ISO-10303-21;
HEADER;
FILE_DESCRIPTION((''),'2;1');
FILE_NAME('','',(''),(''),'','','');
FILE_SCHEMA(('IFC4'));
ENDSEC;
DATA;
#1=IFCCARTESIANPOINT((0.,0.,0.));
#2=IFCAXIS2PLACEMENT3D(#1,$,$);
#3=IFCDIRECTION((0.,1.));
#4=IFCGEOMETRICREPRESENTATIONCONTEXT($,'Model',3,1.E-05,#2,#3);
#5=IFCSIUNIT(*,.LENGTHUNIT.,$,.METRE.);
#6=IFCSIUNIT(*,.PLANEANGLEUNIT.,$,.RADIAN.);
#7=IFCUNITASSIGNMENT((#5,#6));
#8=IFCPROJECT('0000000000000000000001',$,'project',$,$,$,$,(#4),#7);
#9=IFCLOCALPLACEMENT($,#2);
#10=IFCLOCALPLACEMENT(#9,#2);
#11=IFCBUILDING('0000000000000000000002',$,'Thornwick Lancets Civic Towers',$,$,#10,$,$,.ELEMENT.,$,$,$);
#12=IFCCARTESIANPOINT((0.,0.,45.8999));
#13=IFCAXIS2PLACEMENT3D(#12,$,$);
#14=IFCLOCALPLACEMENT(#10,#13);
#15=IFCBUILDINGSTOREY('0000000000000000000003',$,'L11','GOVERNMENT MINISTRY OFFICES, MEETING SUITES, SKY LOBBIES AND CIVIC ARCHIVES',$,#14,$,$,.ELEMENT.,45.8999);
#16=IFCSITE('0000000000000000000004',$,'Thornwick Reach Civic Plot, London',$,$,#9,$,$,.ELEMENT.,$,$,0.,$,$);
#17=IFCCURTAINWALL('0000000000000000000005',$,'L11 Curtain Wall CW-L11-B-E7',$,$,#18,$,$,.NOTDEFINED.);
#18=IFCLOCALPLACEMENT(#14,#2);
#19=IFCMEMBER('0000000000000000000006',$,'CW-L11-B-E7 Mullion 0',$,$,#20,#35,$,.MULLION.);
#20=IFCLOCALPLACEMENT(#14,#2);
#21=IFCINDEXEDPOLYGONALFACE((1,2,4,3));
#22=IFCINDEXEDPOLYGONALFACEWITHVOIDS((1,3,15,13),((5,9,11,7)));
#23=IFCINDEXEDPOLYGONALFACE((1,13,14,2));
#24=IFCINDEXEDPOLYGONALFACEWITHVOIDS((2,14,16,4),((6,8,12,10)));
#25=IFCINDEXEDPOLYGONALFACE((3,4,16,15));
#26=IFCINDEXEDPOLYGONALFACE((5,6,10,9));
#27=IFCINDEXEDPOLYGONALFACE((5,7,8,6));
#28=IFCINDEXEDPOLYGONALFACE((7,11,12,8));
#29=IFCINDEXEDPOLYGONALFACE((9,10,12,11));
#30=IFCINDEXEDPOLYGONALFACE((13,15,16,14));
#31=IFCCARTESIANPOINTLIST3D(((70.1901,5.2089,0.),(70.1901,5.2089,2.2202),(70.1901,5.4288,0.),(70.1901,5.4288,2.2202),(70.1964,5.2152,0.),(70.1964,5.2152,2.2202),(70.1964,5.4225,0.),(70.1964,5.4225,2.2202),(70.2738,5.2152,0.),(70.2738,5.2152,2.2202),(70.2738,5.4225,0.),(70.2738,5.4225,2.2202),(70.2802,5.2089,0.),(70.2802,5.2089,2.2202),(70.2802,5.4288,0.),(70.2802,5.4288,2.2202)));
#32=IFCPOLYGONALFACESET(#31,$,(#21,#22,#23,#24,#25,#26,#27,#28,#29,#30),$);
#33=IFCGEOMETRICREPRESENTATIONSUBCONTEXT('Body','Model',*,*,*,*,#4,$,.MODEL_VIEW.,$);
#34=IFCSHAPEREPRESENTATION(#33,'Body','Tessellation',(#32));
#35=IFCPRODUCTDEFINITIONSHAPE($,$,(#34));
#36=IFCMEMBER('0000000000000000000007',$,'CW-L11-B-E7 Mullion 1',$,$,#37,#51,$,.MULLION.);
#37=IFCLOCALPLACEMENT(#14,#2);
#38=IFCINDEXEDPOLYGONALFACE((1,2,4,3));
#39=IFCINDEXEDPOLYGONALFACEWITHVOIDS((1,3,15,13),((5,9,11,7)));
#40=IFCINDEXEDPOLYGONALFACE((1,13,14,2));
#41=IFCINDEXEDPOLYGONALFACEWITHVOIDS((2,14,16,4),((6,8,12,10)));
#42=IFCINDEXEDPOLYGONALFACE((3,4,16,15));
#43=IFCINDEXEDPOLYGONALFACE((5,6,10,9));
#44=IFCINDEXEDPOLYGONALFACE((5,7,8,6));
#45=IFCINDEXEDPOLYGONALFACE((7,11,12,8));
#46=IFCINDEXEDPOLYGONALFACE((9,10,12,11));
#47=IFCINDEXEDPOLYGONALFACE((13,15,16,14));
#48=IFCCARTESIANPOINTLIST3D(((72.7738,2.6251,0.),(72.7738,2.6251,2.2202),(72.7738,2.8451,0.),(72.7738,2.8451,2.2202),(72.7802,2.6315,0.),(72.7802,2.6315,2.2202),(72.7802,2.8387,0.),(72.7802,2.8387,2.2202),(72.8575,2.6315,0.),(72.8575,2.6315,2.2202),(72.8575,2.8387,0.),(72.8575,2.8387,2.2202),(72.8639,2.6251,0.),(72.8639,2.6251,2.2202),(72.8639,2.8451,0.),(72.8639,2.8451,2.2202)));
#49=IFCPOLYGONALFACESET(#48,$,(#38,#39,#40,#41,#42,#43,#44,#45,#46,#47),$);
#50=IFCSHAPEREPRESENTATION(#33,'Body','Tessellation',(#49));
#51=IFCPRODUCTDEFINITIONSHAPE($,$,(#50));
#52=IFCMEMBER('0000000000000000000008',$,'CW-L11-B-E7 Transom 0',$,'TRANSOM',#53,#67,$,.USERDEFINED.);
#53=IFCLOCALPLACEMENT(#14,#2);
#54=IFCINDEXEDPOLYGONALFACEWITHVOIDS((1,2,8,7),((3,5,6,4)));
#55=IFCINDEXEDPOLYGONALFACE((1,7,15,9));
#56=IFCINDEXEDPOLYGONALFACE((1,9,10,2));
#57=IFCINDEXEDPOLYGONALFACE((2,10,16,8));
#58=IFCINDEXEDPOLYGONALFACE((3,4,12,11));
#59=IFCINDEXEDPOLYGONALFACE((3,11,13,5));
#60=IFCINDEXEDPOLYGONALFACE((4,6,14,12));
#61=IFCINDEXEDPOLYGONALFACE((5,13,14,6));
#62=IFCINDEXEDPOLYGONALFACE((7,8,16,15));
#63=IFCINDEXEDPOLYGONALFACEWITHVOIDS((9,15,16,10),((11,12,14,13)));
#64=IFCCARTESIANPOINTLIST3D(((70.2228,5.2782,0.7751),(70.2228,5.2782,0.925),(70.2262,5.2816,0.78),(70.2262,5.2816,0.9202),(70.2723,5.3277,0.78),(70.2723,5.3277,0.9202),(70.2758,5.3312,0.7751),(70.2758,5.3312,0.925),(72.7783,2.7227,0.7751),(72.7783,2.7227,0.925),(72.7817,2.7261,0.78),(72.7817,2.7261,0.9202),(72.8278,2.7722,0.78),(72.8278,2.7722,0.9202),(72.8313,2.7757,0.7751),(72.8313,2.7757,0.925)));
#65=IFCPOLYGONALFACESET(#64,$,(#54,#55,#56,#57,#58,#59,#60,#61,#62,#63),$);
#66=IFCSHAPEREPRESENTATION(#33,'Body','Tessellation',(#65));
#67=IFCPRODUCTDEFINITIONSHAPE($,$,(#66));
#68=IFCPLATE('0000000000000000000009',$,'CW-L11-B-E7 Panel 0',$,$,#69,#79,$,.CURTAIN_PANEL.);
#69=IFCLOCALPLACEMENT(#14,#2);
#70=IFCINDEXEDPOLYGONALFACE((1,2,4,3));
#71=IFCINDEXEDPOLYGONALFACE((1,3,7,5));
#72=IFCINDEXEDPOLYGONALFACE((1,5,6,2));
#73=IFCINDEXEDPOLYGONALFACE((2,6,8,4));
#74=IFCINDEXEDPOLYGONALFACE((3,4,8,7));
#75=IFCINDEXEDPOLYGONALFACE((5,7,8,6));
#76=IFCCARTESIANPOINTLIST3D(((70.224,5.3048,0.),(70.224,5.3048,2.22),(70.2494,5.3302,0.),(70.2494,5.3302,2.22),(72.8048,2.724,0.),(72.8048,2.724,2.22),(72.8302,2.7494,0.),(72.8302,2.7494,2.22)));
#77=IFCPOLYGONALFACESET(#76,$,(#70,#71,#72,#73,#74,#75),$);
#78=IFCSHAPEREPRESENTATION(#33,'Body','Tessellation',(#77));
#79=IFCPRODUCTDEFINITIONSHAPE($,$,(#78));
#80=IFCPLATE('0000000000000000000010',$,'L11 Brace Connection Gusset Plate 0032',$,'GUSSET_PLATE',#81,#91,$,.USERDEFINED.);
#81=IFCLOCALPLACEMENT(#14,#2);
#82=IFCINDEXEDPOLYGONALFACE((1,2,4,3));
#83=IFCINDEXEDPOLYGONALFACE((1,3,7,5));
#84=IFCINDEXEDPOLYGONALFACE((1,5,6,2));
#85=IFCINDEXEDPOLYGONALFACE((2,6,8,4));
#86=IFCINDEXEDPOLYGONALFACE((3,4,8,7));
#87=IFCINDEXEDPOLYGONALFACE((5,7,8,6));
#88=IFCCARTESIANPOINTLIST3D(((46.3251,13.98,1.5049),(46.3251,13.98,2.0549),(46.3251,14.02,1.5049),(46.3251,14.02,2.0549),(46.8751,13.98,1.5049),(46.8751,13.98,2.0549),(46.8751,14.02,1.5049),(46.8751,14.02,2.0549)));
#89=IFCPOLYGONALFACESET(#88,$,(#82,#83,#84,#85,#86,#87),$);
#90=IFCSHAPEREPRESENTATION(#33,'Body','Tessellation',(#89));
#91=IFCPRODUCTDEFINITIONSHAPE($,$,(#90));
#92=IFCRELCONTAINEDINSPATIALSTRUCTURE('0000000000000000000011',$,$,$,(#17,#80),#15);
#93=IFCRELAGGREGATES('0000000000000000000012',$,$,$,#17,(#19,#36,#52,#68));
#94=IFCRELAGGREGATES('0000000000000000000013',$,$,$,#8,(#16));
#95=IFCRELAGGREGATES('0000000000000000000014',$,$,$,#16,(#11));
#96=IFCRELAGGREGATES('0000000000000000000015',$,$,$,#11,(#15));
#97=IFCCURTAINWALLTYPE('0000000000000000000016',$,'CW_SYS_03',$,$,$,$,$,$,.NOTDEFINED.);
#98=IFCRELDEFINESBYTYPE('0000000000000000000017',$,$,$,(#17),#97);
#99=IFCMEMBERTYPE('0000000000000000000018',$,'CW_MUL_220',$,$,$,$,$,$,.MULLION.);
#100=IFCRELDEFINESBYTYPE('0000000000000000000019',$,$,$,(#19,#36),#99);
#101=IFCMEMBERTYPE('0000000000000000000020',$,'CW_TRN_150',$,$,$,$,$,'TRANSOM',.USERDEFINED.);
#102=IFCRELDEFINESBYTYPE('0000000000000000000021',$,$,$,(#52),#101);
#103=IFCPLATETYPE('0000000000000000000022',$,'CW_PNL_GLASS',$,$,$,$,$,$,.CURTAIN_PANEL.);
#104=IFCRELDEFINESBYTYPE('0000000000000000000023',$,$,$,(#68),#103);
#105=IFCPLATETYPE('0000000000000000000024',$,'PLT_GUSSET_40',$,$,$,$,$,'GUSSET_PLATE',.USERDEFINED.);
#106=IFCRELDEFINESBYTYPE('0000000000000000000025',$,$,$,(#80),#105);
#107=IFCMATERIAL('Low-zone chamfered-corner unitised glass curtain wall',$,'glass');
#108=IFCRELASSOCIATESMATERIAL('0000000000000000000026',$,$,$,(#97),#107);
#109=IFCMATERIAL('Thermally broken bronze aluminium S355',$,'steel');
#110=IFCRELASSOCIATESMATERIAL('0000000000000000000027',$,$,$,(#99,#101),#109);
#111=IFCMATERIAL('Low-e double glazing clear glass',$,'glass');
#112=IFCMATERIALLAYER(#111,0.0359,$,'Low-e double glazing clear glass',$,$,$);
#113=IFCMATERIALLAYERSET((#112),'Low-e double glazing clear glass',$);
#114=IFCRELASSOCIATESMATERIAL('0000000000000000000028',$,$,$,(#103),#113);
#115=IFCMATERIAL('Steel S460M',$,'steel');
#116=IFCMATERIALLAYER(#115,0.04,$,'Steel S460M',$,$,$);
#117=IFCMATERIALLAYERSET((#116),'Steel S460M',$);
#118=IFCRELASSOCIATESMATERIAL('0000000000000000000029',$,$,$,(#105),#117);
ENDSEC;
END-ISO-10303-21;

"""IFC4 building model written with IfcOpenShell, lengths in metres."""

from ifc_helpers import new_model, si_unit, direction, frame, origin, origin_2d, place, context, subcontext, project, spatial, rectangle, hollow_rectangle, extrude, material, layer, layer_set, material_profile, profile_set, type_object, element, aggregate, save


model = new_model("IFC4")

# Units and contexts
model_context = context("Model", 3, precision=1e-05, world=origin(), true_north=direction((0.0, 1.0)))
body_context = subcontext(model_context, "Body", "Model", "MODEL_VIEW")
ifc_project = project(units=[si_unit("LENGTHUNIT", "METRE"), si_unit("PLANEANGLEUNIT", "RADIAN")], contexts=[model_context])

# Site, building, storey
site_placement = place(None, origin())
site = spatial("IfcSite", under=ifc_project, at=site_placement, Name="Thornwick Reach Civic Plot, London", CompositionType="ELEMENT", RefElevation=0.0)
building_placement = place(site_placement, origin())
building = spatial("IfcBuilding", under=site, at=building_placement, Name="Thornwick Lancets Civic Towers", CompositionType="ELEMENT")
storey_placement = place(building_placement, frame((0.0, 0.0, 45.8999)))
storey = spatial("IfcBuildingStorey", under=building, at=storey_placement, Name="L11", Description="GOVERNMENT MINISTRY OFFICES, MEETING SUITES, SKY LOBBIES AND CIVIC ARCHIVES", CompositionType="ELEMENT", Elevation=45.8999)

# Shared definitions
ifc_material_1 = material(Name="Steel S460M", Category="steel")

# Curtain wall, members, plate
ifc_material_2 = material(Name="Low-zone chamfered-corner unitised glass curtain wall", Category="glass")
curtain_wall_type = type_object("IfcCurtainWallType", Name="CW_SYS_03", PredefinedType="NOTDEFINED", material=ifc_material_2)
curtain_wall_placement = place(storey_placement, origin())
curtain_wall = element("IfcCurtainWall", 1, at=curtain_wall_placement, inside=storey, type_object=curtain_wall_type, Name="L11 Curtain Wall CW-L11-B-E7", PredefinedType="NOTDEFINED")
ifc_material_3 = material(Name="Thermally broken bronze aluminium S355", Category="steel")
ifc_material_profile_1 = material_profile(ifc_material_3, hollow_rectangle(XDim=0.0901, YDim=0.22, WallThickness=0.0063, at=origin_2d()), Name="RHS 220x90x6.3")
ifc_profile_set_1 = profile_set([ifc_material_profile_1], Name="Thermally broken bronze aluminium S355")
member_type_1 = type_object("IfcMemberType", Name="CW_MUL_220", PredefinedType="MULLION", material=ifc_profile_set_1)
member_1_placement = place(storey_placement, frame((70.2351, 5.3188, 0.0), z_axis=(0.0, 0.0, 1.0), x_axis=(1.0, 0.0, 0.0)))
member_1 = element("IfcMember", 2, at=member_1_placement, type_object=member_type_1, Name="CW-L11-B-E7 Mullion 0", PredefinedType="MULLION", context=body_context, shape_type="SweptSolid", body=[
    extrude(hollow_rectangle(XDim=0.0901, YDim=0.22, WallThickness=0.0063, at=origin_2d()), origin(), (0.0, 0.0, 1.0), 2.2202),
])
member_2_placement = place(storey_placement, frame((72.8188, 2.7351, 0.0), z_axis=(0.0, 0.0, 1.0), x_axis=(1.0, 0.0, 0.0)))
member_2 = element("IfcMember", 3, at=member_2_placement, type_object=member_type_1, Name="CW-L11-B-E7 Mullion 1", PredefinedType="MULLION", context=body_context, shape_type="SweptSolid", body=[
    extrude(hollow_rectangle(XDim=0.0901, YDim=0.22, WallThickness=0.0063, at=origin_2d()), origin(), (0.0, 0.0, 1.0), 2.2202),
])
ifc_material_profile_2 = material_profile(ifc_material_3, hollow_rectangle(XDim=0.075, YDim=0.1499, WallThickness=0.0049, at=origin_2d()), Name="RHS 150x75x5")
ifc_profile_set_2 = profile_set([ifc_material_profile_2], Name="Thermally broken bronze aluminium S355")
member_type_2 = type_object("IfcMemberType", Name="CW_TRN_150", ElementType="TRANSOM", PredefinedType="USERDEFINED", material=ifc_profile_set_2)
member_3_placement = place(storey_placement, frame((70.2493, 5.3047, 0.8501), z_axis=(0.707107, -0.707107, 0.0), x_axis=(0.707107, 0.707107, 0.0)))
member_3 = element("IfcMember", 4, at=member_3_placement, type_object=member_type_2, Name="CW-L11-B-E7 Transom 0", ObjectType="TRANSOM", PredefinedType="USERDEFINED", context=body_context, shape_type="SweptSolid", body=[
    extrude(hollow_rectangle(XDim=0.075, YDim=0.1499, WallThickness=0.0049, at=origin_2d()), origin(), (0.0, 0.0, 1.0), 3.614),
])
ifc_material_4 = material(Name="Low-e double glazing clear glass", Category="glass")
ifc_layer_1 = layer(ifc_material_4, 0.0359, Name="Low-e double glazing clear glass")
ifc_layer_set_1 = layer_set([ifc_layer_1], Name="Low-e double glazing clear glass")
plate_type_1 = type_object("IfcPlateType", Name="CW_PNL_GLASS", PredefinedType="CURTAIN_PANEL", material=ifc_layer_set_1)
plate_1_placement = place(storey_placement, frame((71.5271, 4.0271, 0.0), z_axis=(0.0, 0.0, 1.0), x_axis=(0.707107, -0.707107, 0.0)))
plate_1 = element("IfcPlate", 5, at=plate_1_placement, type_object=plate_type_1, Name="CW-L11-B-E7 Panel 0", PredefinedType="CURTAIN_PANEL", context=body_context, shape_type="SweptSolid", body=[
    extrude(rectangle(XDim=3.6499, YDim=0.0359, at=origin_2d()), origin(), (0.0, 0.0, 1.0), 2.22),
])
aggregate(curtain_wall, [member_1, member_2, member_3, plate_1])

# Plate
ifc_layer_2 = layer(ifc_material_1, 0.04, Name="Steel S460M")
ifc_layer_set_2 = layer_set([ifc_layer_2], Name="Steel S460M")
plate_type_2 = type_object("IfcPlateType", Name="PLT_GUSSET_40", ElementType="GUSSET_PLATE", PredefinedType="USERDEFINED", material=ifc_layer_set_2)
plate_2_placement = place(storey_placement, frame((46.6001, 14.0, 1.5049), z_axis=(0.0, 0.0, 1.0), x_axis=(1.0, 0.0, 0.0)))
element("IfcPlate", 6, at=plate_2_placement, inside=storey, type_object=plate_type_2, Name="L11 Brace Connection Gusset Plate 0032", ObjectType="GUSSET_PLATE", PredefinedType="USERDEFINED", context=body_context, shape_type="SweptSolid", body=[
    extrude(rectangle(XDim=0.55, YDim=0.04, at=origin_2d()), origin(), (0.0, 0.0, 1.0), 0.55),
])

save(model, "model.ifc")
